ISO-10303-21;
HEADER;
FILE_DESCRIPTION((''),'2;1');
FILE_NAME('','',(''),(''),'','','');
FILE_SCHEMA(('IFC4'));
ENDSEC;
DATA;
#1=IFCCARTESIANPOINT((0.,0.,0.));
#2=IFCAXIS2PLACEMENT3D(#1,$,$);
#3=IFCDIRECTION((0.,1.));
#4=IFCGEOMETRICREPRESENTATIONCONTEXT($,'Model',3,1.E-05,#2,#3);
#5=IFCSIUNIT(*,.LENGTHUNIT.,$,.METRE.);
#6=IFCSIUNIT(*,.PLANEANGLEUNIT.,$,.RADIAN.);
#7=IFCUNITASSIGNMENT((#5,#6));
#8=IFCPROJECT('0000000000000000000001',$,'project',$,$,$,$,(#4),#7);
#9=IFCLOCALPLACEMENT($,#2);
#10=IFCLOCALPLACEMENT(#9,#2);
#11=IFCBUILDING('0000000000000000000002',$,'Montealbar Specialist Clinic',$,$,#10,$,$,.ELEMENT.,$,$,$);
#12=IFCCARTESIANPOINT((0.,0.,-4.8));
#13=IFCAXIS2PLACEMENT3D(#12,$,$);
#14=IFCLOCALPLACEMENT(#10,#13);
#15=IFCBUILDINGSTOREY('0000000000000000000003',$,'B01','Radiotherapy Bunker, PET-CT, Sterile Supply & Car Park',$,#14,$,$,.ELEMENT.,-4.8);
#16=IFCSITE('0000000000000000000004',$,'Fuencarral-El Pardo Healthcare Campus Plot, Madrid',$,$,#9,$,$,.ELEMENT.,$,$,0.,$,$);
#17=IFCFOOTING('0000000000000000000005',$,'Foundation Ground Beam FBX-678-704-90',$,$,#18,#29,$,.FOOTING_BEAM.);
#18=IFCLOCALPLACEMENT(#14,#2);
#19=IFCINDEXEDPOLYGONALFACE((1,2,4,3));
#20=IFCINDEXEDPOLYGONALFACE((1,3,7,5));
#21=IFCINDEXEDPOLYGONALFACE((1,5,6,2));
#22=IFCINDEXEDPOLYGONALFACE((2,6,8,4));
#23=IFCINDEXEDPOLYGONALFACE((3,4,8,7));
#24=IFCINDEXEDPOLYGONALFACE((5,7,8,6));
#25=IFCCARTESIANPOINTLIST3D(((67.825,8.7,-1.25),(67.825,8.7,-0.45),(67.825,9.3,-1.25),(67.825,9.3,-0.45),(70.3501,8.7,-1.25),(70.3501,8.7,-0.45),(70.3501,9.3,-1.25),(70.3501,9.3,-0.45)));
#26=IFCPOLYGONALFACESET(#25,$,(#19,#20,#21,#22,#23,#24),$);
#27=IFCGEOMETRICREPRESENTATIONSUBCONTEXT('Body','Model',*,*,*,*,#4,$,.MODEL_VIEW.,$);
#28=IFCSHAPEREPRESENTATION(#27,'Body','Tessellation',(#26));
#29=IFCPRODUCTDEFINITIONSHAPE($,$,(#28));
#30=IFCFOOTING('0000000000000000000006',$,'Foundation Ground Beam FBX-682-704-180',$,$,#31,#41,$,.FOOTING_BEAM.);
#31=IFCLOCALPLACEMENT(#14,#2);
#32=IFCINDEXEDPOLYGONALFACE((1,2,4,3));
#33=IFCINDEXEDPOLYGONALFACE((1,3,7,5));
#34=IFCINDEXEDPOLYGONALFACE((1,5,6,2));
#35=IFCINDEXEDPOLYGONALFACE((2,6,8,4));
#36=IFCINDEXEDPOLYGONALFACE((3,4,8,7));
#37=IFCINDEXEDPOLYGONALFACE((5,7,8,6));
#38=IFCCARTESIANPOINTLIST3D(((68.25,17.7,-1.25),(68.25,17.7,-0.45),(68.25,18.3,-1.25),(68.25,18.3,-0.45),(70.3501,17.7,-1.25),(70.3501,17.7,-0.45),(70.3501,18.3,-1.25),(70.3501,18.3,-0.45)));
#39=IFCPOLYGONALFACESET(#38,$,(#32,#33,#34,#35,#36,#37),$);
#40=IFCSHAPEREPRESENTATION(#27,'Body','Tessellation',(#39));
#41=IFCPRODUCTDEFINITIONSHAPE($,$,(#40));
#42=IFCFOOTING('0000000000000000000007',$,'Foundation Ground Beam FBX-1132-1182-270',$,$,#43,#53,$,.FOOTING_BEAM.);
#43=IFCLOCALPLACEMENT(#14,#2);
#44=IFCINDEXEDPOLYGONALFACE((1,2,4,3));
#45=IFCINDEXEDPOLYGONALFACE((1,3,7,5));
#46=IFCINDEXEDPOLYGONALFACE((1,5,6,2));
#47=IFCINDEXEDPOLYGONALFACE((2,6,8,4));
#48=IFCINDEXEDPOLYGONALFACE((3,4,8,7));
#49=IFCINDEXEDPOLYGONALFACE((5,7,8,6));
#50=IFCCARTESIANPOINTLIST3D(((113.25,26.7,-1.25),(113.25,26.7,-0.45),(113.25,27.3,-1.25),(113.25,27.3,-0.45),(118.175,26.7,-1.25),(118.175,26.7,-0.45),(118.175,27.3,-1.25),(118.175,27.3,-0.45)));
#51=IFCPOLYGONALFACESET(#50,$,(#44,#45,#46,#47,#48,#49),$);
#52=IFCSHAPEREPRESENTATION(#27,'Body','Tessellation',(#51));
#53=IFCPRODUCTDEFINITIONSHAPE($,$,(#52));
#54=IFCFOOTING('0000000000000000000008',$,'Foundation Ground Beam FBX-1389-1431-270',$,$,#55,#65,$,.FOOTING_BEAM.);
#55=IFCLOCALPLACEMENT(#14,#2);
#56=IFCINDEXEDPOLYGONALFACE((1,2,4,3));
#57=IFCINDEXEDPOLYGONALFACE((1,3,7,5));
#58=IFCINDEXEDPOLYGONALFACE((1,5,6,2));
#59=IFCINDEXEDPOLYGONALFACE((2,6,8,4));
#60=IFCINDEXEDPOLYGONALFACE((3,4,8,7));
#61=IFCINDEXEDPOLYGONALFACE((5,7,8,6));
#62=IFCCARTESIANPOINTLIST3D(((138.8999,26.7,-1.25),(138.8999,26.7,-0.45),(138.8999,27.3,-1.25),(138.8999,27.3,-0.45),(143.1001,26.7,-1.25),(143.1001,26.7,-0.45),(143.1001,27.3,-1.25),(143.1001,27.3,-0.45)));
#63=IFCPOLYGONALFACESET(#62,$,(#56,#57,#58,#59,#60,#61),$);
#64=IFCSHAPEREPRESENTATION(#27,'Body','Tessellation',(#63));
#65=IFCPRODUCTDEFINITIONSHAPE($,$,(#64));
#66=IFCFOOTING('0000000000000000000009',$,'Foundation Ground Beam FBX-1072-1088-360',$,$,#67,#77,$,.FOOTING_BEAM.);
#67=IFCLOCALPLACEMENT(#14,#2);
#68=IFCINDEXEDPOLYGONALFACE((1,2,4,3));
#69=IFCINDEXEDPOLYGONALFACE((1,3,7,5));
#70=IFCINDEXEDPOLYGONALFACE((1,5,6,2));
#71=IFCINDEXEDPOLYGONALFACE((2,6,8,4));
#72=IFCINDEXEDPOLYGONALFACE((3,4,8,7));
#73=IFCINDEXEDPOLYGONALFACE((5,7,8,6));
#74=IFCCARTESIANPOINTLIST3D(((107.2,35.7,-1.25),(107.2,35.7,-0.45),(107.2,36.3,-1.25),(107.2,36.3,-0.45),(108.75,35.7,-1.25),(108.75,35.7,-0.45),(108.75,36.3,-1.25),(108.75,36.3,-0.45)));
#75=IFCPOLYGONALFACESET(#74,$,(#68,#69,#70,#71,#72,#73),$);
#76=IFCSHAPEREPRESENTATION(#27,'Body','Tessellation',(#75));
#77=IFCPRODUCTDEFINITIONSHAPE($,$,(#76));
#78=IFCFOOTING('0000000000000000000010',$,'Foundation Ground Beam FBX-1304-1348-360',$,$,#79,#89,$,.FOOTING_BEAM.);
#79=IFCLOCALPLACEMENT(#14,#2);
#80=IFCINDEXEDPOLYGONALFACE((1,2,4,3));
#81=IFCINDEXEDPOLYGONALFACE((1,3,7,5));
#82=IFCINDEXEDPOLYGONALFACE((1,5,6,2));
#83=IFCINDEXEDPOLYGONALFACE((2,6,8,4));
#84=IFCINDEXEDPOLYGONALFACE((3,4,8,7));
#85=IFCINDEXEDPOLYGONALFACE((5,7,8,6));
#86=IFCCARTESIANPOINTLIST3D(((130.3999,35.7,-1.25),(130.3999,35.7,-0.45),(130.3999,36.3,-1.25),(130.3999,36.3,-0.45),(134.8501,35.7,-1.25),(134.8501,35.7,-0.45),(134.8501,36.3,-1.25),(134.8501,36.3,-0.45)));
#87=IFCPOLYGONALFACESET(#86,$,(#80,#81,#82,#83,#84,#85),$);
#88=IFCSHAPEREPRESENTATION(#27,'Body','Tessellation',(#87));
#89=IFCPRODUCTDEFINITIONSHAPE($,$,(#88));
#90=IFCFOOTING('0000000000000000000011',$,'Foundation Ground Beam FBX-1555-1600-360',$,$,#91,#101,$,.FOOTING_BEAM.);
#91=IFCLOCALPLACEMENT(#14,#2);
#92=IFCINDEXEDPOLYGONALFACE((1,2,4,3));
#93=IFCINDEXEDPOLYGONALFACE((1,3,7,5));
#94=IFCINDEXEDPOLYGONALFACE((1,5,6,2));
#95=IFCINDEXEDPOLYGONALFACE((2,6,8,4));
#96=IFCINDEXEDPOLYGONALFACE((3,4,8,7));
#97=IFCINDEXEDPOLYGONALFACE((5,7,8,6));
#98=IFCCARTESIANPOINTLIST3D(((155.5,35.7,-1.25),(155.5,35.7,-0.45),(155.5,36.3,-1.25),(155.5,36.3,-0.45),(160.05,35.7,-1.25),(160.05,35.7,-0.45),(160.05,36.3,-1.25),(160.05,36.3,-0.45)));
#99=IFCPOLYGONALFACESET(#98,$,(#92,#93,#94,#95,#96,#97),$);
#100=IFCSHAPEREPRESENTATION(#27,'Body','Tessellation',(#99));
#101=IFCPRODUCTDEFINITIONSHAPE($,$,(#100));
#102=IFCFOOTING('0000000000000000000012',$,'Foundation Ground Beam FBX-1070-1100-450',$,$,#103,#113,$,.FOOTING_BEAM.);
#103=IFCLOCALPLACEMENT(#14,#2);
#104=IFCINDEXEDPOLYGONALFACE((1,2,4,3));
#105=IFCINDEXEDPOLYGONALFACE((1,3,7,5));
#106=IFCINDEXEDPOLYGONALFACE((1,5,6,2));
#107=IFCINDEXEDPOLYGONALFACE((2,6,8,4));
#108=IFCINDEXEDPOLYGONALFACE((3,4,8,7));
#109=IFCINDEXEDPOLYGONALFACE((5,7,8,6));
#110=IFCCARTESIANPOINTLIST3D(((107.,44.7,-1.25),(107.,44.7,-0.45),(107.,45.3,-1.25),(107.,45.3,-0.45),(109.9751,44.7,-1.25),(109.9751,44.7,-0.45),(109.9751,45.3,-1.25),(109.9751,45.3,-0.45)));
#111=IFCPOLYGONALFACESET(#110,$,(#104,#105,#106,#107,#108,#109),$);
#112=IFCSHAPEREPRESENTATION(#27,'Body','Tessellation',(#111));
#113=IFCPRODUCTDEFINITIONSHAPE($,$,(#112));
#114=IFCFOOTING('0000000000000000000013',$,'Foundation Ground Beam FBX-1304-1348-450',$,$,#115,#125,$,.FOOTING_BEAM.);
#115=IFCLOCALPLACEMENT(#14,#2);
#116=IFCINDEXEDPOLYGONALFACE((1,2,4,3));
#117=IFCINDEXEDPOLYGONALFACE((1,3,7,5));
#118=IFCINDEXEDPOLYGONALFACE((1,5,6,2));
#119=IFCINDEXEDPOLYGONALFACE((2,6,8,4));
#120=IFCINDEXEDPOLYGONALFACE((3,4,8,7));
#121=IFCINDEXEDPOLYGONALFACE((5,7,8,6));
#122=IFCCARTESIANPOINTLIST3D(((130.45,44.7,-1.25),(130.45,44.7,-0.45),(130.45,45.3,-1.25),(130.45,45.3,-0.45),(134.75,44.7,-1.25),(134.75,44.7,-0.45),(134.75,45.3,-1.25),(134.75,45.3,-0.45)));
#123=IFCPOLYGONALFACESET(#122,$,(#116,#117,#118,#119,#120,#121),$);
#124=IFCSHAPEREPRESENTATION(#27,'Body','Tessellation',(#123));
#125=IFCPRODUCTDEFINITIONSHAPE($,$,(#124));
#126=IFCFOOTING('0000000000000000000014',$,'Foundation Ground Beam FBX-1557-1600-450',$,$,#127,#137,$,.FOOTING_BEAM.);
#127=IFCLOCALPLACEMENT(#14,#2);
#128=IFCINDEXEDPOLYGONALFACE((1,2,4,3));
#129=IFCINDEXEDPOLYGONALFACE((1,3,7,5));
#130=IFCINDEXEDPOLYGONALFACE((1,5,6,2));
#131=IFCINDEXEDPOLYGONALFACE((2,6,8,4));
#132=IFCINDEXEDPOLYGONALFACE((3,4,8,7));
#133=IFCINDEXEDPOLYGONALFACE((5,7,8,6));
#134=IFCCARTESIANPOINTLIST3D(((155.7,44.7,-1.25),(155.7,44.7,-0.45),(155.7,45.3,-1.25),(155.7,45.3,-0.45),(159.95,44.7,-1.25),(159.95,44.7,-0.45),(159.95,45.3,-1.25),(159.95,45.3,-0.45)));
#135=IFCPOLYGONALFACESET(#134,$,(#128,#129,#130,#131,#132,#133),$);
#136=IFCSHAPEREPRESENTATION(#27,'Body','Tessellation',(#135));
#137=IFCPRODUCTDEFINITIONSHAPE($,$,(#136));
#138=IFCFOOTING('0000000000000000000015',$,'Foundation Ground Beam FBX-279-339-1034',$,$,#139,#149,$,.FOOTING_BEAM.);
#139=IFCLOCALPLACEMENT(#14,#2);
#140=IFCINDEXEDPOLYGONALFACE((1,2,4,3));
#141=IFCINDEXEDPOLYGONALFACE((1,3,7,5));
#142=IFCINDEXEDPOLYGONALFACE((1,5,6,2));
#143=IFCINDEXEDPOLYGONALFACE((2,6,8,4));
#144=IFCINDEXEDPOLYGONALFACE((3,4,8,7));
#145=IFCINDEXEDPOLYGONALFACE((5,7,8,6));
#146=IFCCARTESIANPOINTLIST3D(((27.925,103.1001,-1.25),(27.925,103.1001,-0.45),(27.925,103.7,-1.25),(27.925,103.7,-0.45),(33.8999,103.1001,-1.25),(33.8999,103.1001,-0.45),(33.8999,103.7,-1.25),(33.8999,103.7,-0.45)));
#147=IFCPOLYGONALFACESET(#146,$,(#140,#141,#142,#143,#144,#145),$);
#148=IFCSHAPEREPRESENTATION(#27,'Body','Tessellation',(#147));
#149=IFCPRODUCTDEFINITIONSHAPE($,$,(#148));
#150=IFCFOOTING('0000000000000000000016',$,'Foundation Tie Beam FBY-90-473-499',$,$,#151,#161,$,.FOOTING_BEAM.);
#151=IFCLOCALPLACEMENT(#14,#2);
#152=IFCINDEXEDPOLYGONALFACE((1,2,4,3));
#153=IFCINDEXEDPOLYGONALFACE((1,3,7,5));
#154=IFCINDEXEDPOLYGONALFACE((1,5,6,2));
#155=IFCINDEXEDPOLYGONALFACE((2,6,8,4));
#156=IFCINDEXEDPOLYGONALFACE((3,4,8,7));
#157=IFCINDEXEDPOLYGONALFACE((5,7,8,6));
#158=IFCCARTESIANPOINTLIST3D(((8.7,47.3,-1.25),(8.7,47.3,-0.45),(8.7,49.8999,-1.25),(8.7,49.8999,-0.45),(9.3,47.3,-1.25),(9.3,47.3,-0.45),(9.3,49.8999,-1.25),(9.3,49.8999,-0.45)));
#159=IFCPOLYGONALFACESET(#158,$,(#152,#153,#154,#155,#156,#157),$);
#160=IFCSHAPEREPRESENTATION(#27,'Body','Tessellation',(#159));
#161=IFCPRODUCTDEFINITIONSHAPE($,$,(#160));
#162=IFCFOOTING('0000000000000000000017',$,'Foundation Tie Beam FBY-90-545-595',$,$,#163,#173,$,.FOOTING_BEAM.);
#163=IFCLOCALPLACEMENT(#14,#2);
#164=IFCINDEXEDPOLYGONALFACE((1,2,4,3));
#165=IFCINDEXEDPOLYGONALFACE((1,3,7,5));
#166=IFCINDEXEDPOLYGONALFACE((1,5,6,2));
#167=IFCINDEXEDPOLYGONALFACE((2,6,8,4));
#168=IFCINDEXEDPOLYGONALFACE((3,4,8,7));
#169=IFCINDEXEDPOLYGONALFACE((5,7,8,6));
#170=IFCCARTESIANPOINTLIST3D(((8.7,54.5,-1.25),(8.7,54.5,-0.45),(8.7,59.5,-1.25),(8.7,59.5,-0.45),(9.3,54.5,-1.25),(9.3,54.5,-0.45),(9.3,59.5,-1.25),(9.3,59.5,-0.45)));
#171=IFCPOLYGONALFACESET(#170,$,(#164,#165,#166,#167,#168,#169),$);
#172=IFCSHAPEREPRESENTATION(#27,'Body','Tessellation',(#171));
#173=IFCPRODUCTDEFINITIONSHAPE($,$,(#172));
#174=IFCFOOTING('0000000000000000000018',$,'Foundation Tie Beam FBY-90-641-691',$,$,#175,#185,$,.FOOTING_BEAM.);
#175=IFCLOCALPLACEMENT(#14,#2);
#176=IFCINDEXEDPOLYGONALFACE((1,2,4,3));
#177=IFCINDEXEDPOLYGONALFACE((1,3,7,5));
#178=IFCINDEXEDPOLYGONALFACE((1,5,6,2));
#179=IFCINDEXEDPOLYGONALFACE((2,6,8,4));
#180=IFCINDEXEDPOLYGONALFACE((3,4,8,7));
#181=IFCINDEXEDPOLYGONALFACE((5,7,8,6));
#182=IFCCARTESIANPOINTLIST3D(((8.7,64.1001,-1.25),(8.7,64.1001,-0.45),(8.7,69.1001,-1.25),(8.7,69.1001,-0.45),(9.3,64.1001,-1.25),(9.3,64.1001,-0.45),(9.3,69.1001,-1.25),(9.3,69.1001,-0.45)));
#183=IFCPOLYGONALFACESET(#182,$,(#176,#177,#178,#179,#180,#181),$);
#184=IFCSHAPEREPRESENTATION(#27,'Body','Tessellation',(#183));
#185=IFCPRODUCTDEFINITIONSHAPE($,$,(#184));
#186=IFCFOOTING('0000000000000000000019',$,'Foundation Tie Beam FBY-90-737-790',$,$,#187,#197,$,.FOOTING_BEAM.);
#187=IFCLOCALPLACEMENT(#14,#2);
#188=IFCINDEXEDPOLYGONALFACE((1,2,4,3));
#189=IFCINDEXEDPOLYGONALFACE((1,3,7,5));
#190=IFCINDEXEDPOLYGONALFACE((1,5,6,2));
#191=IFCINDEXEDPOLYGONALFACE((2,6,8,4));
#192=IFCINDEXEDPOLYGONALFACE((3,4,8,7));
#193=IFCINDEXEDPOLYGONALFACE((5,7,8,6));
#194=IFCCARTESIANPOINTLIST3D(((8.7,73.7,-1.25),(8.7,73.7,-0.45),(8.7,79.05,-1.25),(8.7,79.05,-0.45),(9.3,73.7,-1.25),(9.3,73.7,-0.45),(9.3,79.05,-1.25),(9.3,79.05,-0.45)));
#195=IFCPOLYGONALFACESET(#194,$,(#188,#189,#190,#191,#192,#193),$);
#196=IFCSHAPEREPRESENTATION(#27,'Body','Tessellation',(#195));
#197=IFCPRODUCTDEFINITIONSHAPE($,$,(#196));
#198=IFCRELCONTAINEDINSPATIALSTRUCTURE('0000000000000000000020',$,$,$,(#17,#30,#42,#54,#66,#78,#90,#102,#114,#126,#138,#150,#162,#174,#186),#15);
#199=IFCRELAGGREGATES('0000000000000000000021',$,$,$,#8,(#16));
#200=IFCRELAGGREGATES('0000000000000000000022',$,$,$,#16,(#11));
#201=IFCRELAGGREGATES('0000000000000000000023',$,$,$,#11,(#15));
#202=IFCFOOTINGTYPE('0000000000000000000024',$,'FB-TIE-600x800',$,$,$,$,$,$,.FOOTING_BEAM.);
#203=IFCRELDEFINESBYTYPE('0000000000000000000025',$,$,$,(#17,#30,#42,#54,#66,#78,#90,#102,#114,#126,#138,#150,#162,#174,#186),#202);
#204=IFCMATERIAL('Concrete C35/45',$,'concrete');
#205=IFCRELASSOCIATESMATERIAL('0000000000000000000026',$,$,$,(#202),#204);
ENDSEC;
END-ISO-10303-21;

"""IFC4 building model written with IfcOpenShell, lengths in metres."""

from ifc_helpers import new_model, si_unit, direction, frame, origin, place, context, subcontext, project, spatial, polyline, outline, extrude, material, type_object, element, save


model = new_model("IFC4")

# Units and contexts
model_context = context("Model", 3, precision=1e-05, world=origin(), true_north=direction((0.0, 1.0)))
body_context = subcontext(model_context, "Body", "Model", "MODEL_VIEW")
ifc_project = project(units=[si_unit("LENGTHUNIT", "METRE"), si_unit("PLANEANGLEUNIT", "RADIAN")], contexts=[model_context])

# Site, building, storey
site_placement = place(None, origin())
site = spatial("IfcSite", under=ifc_project, at=site_placement, Name="Fuencarral-El Pardo Healthcare Campus Plot, Madrid", CompositionType="ELEMENT", RefElevation=0.0)
building_placement = place(site_placement, origin())
building = spatial("IfcBuilding", under=site, at=building_placement, Name="Montealbar Specialist Clinic", CompositionType="ELEMENT")
storey_placement = place(building_placement, frame((0.0, 0.0, -4.8)))
storey = spatial("IfcBuildingStorey", under=building, at=storey_placement, Name="B01", Description="Radiotherapy Bunker, PET-CT, Sterile Supply & Car Park", CompositionType="ELEMENT", Elevation=-4.8)

# Footings
ifc_material = material(Name="Concrete C35/45", Category="concrete")
footing_type_1 = type_object("IfcFootingType", Name="FB-TIE-600x800", PredefinedType="FOOTING_BEAM", material=ifc_material)
footing_1_placement = place(storey_placement, frame((0.0, 0.0, -1.25)))
element("IfcFooting", 1, at=footing_1_placement, inside=storey, type_object=footing_type_1, Name="Foundation Ground Beam FBX-678-704-90", PredefinedType="FOOTING_BEAM", context=body_context, shape_type="SweptSolid", body=[
    extrude(outline(polyline([(67.825, 8.7), (70.3501, 8.7), (70.3501, 9.3), (67.825, 9.3), (67.825, 8.7)])), origin(), (0.0, 0.0, 1.0), 0.8),
])
footing_2_placement = place(storey_placement, frame((0.0, 0.0, -1.25)))
element("IfcFooting", 2, at=footing_2_placement, inside=storey, type_object=footing_type_1, Name="Foundation Ground Beam FBX-682-704-180", PredefinedType="FOOTING_BEAM", context=body_context, shape_type="SweptSolid", body=[
    extrude(outline(polyline([(68.25, 17.7), (70.3501, 17.7), (70.3501, 18.3), (68.25, 18.3), (68.25, 17.7)])), origin(), (0.0, 0.0, 1.0), 0.8),
])
footing_3_placement = place(storey_placement, frame((0.0, 0.0, -1.25)))
element("IfcFooting", 3, at=footing_3_placement, inside=storey, type_object=footing_type_1, Name="Foundation Ground Beam FBX-1132-1182-270", PredefinedType="FOOTING_BEAM", context=body_context, shape_type="SweptSolid", body=[
    extrude(outline(polyline([(113.25, 26.7), (118.175, 26.7), (118.175, 27.3), (113.25, 27.3), (113.25, 26.7)])), origin(), (0.0, 0.0, 1.0), 0.8),
])
footing_4_placement = place(storey_placement, frame((0.0, 0.0, -1.25)))
element("IfcFooting", 4, at=footing_4_placement, inside=storey, type_object=footing_type_1, Name="Foundation Ground Beam FBX-1389-1431-270", PredefinedType="FOOTING_BEAM", context=body_context, shape_type="SweptSolid", body=[
    extrude(outline(polyline([(138.8999, 26.7), (143.1001, 26.7), (143.1001, 27.3), (138.8999, 27.3), (138.8999, 26.7)])), origin(), (0.0, 0.0, 1.0), 0.8),
])
footing_5_placement = place(storey_placement, frame((0.0, 0.0, -1.25)))
element("IfcFooting", 5, at=footing_5_placement, inside=storey, type_object=footing_type_1, Name="Foundation Ground Beam FBX-1072-1088-360", PredefinedType="FOOTING_BEAM", context=body_context, shape_type="SweptSolid", body=[
    extrude(outline(polyline([(107.2, 35.7), (108.75, 35.7), (108.75, 36.3), (107.2, 36.3), (107.2, 35.7)])), origin(), (0.0, 0.0, 1.0), 0.8),
])
footing_6_placement = place(storey_placement, frame((0.0, 0.0, -1.25)))
element("IfcFooting", 6, at=footing_6_placement, inside=storey, type_object=footing_type_1, Name="Foundation Ground Beam FBX-1304-1348-360", PredefinedType="FOOTING_BEAM", context=body_context, shape_type="SweptSolid", body=[
    extrude(outline(polyline([(130.3999, 35.7), (134.8501, 35.7), (134.8501, 36.3), (130.3999, 36.3), (130.3999, 35.7)])), origin(), (0.0, 0.0, 1.0), 0.8),
])
footing_7_placement = place(storey_placement, frame((0.0, 0.0, -1.25)))
element("IfcFooting", 7, at=footing_7_placement, inside=storey, type_object=footing_type_1, Name="Foundation Ground Beam FBX-1555-1600-360", PredefinedType="FOOTING_BEAM", context=body_context, shape_type="SweptSolid", body=[
    extrude(outline(polyline([(155.5, 35.7), (160.05, 35.7), (160.05, 36.3), (155.5, 36.3), (155.5, 35.7)])), origin(), (0.0, 0.0, 1.0), 0.8),
])
footing_8_placement = place(storey_placement, frame((0.0, 0.0, -1.25)))
element("IfcFooting", 8, at=footing_8_placement, inside=storey, type_object=footing_type_1, Name="Foundation Ground Beam FBX-1070-1100-450", PredefinedType="FOOTING_BEAM", context=body_context, shape_type="SweptSolid", body=[
    extrude(outline(polyline([(107.0, 44.7), (109.9751, 44.7), (109.9751, 45.3), (107.0, 45.3), (107.0, 44.7)])), origin(), (0.0, 0.0, 1.0), 0.8),
])
footing_9_placement = place(storey_placement, frame((0.0, 0.0, -1.25)))
element("IfcFooting", 9, at=footing_9_placement, inside=storey, type_object=footing_type_1, Name="Foundation Ground Beam FBX-1304-1348-450", PredefinedType="FOOTING_BEAM", context=body_context, shape_type="SweptSolid", body=[
    extrude(outline(polyline([(130.45, 44.7), (134.75, 44.7), (134.75, 45.3), (130.45, 45.3), (130.45, 44.7)])), origin(), (0.0, 0.0, 1.0), 0.8),
])
footing_10_placement = place(storey_placement, frame((0.0, 0.0, -1.25)))
element("IfcFooting", 10, at=footing_10_placement, inside=storey, type_object=footing_type_1, Name="Foundation Ground Beam FBX-1557-1600-450", PredefinedType="FOOTING_BEAM", context=body_context, shape_type="SweptSolid", body=[
    extrude(outline(polyline([(155.7, 44.7), (159.95, 44.7), (159.95, 45.3), (155.7, 45.3), (155.7, 44.7)])), origin(), (0.0, 0.0, 1.0), 0.8),
])
footing_11_placement = place(storey_placement, frame((0.0, 0.0, -1.25)))
element("IfcFooting", 11, at=footing_11_placement, inside=storey, type_object=footing_type_1, Name="Foundation Ground Beam FBX-279-339-1034", PredefinedType="FOOTING_BEAM", context=body_context, shape_type="SweptSolid", body=[
    extrude(outline(polyline([(27.925, 103.1001), (33.8999, 103.1001), (33.8999, 103.7), (27.925, 103.7), (27.925, 103.1001)])), origin(), (0.0, 0.0, 1.0), 0.8),
])
footing_12_placement = place(storey_placement, frame((0.0, 0.0, -1.25)))
element("IfcFooting", 12, at=footing_12_placement, inside=storey, type_object=footing_type_1, Name="Foundation Tie Beam FBY-90-473-499", PredefinedType="FOOTING_BEAM", context=body_context, shape_type="SweptSolid", body=[
    extrude(outline(polyline([(8.7, 47.3), (9.3, 47.3), (9.3, 49.8999), (8.7, 49.8999), (8.7, 47.3)])), origin(), (0.0, 0.0, 1.0), 0.8),
])
footing_13_placement = place(storey_placement, frame((0.0, 0.0, -1.25)))
element("IfcFooting", 13, at=footing_13_placement, inside=storey, type_object=footing_type_1, Name="Foundation Tie Beam FBY-90-545-595", PredefinedType="FOOTING_BEAM", context=body_context, shape_type="SweptSolid", body=[
    extrude(outline(polyline([(8.7, 54.5), (9.3, 54.5), (9.3, 59.5), (8.7, 59.5), (8.7, 54.5)])), origin(), (0.0, 0.0, 1.0), 0.8),
])
footing_14_placement = place(storey_placement, frame((0.0, 0.0, -1.25)))
element("IfcFooting", 14, at=footing_14_placement, inside=storey, type_object=footing_type_1, Name="Foundation Tie Beam FBY-90-641-691", PredefinedType="FOOTING_BEAM", context=body_context, shape_type="SweptSolid", body=[
    extrude(outline(polyline([(8.7, 64.1001), (9.3, 64.1001), (9.3, 69.1001), (8.7, 69.1001), (8.7, 64.1001)])), origin(), (0.0, 0.0, 1.0), 0.8),
])
footing_15_placement = place(storey_placement, frame((0.0, 0.0, -1.25)))
element("IfcFooting", 15, at=footing_15_placement, inside=storey, type_object=footing_type_1, Name="Foundation Tie Beam FBY-90-737-790", PredefinedType="FOOTING_BEAM", context=body_context, shape_type="SweptSolid", body=[
    extrude(outline(polyline([(8.7, 73.7), (9.3, 73.7), (9.3, 79.05), (8.7, 79.05), (8.7, 73.7)])), origin(), (0.0, 0.0, 1.0), 0.8),
])

save(model, "model.ifc")
